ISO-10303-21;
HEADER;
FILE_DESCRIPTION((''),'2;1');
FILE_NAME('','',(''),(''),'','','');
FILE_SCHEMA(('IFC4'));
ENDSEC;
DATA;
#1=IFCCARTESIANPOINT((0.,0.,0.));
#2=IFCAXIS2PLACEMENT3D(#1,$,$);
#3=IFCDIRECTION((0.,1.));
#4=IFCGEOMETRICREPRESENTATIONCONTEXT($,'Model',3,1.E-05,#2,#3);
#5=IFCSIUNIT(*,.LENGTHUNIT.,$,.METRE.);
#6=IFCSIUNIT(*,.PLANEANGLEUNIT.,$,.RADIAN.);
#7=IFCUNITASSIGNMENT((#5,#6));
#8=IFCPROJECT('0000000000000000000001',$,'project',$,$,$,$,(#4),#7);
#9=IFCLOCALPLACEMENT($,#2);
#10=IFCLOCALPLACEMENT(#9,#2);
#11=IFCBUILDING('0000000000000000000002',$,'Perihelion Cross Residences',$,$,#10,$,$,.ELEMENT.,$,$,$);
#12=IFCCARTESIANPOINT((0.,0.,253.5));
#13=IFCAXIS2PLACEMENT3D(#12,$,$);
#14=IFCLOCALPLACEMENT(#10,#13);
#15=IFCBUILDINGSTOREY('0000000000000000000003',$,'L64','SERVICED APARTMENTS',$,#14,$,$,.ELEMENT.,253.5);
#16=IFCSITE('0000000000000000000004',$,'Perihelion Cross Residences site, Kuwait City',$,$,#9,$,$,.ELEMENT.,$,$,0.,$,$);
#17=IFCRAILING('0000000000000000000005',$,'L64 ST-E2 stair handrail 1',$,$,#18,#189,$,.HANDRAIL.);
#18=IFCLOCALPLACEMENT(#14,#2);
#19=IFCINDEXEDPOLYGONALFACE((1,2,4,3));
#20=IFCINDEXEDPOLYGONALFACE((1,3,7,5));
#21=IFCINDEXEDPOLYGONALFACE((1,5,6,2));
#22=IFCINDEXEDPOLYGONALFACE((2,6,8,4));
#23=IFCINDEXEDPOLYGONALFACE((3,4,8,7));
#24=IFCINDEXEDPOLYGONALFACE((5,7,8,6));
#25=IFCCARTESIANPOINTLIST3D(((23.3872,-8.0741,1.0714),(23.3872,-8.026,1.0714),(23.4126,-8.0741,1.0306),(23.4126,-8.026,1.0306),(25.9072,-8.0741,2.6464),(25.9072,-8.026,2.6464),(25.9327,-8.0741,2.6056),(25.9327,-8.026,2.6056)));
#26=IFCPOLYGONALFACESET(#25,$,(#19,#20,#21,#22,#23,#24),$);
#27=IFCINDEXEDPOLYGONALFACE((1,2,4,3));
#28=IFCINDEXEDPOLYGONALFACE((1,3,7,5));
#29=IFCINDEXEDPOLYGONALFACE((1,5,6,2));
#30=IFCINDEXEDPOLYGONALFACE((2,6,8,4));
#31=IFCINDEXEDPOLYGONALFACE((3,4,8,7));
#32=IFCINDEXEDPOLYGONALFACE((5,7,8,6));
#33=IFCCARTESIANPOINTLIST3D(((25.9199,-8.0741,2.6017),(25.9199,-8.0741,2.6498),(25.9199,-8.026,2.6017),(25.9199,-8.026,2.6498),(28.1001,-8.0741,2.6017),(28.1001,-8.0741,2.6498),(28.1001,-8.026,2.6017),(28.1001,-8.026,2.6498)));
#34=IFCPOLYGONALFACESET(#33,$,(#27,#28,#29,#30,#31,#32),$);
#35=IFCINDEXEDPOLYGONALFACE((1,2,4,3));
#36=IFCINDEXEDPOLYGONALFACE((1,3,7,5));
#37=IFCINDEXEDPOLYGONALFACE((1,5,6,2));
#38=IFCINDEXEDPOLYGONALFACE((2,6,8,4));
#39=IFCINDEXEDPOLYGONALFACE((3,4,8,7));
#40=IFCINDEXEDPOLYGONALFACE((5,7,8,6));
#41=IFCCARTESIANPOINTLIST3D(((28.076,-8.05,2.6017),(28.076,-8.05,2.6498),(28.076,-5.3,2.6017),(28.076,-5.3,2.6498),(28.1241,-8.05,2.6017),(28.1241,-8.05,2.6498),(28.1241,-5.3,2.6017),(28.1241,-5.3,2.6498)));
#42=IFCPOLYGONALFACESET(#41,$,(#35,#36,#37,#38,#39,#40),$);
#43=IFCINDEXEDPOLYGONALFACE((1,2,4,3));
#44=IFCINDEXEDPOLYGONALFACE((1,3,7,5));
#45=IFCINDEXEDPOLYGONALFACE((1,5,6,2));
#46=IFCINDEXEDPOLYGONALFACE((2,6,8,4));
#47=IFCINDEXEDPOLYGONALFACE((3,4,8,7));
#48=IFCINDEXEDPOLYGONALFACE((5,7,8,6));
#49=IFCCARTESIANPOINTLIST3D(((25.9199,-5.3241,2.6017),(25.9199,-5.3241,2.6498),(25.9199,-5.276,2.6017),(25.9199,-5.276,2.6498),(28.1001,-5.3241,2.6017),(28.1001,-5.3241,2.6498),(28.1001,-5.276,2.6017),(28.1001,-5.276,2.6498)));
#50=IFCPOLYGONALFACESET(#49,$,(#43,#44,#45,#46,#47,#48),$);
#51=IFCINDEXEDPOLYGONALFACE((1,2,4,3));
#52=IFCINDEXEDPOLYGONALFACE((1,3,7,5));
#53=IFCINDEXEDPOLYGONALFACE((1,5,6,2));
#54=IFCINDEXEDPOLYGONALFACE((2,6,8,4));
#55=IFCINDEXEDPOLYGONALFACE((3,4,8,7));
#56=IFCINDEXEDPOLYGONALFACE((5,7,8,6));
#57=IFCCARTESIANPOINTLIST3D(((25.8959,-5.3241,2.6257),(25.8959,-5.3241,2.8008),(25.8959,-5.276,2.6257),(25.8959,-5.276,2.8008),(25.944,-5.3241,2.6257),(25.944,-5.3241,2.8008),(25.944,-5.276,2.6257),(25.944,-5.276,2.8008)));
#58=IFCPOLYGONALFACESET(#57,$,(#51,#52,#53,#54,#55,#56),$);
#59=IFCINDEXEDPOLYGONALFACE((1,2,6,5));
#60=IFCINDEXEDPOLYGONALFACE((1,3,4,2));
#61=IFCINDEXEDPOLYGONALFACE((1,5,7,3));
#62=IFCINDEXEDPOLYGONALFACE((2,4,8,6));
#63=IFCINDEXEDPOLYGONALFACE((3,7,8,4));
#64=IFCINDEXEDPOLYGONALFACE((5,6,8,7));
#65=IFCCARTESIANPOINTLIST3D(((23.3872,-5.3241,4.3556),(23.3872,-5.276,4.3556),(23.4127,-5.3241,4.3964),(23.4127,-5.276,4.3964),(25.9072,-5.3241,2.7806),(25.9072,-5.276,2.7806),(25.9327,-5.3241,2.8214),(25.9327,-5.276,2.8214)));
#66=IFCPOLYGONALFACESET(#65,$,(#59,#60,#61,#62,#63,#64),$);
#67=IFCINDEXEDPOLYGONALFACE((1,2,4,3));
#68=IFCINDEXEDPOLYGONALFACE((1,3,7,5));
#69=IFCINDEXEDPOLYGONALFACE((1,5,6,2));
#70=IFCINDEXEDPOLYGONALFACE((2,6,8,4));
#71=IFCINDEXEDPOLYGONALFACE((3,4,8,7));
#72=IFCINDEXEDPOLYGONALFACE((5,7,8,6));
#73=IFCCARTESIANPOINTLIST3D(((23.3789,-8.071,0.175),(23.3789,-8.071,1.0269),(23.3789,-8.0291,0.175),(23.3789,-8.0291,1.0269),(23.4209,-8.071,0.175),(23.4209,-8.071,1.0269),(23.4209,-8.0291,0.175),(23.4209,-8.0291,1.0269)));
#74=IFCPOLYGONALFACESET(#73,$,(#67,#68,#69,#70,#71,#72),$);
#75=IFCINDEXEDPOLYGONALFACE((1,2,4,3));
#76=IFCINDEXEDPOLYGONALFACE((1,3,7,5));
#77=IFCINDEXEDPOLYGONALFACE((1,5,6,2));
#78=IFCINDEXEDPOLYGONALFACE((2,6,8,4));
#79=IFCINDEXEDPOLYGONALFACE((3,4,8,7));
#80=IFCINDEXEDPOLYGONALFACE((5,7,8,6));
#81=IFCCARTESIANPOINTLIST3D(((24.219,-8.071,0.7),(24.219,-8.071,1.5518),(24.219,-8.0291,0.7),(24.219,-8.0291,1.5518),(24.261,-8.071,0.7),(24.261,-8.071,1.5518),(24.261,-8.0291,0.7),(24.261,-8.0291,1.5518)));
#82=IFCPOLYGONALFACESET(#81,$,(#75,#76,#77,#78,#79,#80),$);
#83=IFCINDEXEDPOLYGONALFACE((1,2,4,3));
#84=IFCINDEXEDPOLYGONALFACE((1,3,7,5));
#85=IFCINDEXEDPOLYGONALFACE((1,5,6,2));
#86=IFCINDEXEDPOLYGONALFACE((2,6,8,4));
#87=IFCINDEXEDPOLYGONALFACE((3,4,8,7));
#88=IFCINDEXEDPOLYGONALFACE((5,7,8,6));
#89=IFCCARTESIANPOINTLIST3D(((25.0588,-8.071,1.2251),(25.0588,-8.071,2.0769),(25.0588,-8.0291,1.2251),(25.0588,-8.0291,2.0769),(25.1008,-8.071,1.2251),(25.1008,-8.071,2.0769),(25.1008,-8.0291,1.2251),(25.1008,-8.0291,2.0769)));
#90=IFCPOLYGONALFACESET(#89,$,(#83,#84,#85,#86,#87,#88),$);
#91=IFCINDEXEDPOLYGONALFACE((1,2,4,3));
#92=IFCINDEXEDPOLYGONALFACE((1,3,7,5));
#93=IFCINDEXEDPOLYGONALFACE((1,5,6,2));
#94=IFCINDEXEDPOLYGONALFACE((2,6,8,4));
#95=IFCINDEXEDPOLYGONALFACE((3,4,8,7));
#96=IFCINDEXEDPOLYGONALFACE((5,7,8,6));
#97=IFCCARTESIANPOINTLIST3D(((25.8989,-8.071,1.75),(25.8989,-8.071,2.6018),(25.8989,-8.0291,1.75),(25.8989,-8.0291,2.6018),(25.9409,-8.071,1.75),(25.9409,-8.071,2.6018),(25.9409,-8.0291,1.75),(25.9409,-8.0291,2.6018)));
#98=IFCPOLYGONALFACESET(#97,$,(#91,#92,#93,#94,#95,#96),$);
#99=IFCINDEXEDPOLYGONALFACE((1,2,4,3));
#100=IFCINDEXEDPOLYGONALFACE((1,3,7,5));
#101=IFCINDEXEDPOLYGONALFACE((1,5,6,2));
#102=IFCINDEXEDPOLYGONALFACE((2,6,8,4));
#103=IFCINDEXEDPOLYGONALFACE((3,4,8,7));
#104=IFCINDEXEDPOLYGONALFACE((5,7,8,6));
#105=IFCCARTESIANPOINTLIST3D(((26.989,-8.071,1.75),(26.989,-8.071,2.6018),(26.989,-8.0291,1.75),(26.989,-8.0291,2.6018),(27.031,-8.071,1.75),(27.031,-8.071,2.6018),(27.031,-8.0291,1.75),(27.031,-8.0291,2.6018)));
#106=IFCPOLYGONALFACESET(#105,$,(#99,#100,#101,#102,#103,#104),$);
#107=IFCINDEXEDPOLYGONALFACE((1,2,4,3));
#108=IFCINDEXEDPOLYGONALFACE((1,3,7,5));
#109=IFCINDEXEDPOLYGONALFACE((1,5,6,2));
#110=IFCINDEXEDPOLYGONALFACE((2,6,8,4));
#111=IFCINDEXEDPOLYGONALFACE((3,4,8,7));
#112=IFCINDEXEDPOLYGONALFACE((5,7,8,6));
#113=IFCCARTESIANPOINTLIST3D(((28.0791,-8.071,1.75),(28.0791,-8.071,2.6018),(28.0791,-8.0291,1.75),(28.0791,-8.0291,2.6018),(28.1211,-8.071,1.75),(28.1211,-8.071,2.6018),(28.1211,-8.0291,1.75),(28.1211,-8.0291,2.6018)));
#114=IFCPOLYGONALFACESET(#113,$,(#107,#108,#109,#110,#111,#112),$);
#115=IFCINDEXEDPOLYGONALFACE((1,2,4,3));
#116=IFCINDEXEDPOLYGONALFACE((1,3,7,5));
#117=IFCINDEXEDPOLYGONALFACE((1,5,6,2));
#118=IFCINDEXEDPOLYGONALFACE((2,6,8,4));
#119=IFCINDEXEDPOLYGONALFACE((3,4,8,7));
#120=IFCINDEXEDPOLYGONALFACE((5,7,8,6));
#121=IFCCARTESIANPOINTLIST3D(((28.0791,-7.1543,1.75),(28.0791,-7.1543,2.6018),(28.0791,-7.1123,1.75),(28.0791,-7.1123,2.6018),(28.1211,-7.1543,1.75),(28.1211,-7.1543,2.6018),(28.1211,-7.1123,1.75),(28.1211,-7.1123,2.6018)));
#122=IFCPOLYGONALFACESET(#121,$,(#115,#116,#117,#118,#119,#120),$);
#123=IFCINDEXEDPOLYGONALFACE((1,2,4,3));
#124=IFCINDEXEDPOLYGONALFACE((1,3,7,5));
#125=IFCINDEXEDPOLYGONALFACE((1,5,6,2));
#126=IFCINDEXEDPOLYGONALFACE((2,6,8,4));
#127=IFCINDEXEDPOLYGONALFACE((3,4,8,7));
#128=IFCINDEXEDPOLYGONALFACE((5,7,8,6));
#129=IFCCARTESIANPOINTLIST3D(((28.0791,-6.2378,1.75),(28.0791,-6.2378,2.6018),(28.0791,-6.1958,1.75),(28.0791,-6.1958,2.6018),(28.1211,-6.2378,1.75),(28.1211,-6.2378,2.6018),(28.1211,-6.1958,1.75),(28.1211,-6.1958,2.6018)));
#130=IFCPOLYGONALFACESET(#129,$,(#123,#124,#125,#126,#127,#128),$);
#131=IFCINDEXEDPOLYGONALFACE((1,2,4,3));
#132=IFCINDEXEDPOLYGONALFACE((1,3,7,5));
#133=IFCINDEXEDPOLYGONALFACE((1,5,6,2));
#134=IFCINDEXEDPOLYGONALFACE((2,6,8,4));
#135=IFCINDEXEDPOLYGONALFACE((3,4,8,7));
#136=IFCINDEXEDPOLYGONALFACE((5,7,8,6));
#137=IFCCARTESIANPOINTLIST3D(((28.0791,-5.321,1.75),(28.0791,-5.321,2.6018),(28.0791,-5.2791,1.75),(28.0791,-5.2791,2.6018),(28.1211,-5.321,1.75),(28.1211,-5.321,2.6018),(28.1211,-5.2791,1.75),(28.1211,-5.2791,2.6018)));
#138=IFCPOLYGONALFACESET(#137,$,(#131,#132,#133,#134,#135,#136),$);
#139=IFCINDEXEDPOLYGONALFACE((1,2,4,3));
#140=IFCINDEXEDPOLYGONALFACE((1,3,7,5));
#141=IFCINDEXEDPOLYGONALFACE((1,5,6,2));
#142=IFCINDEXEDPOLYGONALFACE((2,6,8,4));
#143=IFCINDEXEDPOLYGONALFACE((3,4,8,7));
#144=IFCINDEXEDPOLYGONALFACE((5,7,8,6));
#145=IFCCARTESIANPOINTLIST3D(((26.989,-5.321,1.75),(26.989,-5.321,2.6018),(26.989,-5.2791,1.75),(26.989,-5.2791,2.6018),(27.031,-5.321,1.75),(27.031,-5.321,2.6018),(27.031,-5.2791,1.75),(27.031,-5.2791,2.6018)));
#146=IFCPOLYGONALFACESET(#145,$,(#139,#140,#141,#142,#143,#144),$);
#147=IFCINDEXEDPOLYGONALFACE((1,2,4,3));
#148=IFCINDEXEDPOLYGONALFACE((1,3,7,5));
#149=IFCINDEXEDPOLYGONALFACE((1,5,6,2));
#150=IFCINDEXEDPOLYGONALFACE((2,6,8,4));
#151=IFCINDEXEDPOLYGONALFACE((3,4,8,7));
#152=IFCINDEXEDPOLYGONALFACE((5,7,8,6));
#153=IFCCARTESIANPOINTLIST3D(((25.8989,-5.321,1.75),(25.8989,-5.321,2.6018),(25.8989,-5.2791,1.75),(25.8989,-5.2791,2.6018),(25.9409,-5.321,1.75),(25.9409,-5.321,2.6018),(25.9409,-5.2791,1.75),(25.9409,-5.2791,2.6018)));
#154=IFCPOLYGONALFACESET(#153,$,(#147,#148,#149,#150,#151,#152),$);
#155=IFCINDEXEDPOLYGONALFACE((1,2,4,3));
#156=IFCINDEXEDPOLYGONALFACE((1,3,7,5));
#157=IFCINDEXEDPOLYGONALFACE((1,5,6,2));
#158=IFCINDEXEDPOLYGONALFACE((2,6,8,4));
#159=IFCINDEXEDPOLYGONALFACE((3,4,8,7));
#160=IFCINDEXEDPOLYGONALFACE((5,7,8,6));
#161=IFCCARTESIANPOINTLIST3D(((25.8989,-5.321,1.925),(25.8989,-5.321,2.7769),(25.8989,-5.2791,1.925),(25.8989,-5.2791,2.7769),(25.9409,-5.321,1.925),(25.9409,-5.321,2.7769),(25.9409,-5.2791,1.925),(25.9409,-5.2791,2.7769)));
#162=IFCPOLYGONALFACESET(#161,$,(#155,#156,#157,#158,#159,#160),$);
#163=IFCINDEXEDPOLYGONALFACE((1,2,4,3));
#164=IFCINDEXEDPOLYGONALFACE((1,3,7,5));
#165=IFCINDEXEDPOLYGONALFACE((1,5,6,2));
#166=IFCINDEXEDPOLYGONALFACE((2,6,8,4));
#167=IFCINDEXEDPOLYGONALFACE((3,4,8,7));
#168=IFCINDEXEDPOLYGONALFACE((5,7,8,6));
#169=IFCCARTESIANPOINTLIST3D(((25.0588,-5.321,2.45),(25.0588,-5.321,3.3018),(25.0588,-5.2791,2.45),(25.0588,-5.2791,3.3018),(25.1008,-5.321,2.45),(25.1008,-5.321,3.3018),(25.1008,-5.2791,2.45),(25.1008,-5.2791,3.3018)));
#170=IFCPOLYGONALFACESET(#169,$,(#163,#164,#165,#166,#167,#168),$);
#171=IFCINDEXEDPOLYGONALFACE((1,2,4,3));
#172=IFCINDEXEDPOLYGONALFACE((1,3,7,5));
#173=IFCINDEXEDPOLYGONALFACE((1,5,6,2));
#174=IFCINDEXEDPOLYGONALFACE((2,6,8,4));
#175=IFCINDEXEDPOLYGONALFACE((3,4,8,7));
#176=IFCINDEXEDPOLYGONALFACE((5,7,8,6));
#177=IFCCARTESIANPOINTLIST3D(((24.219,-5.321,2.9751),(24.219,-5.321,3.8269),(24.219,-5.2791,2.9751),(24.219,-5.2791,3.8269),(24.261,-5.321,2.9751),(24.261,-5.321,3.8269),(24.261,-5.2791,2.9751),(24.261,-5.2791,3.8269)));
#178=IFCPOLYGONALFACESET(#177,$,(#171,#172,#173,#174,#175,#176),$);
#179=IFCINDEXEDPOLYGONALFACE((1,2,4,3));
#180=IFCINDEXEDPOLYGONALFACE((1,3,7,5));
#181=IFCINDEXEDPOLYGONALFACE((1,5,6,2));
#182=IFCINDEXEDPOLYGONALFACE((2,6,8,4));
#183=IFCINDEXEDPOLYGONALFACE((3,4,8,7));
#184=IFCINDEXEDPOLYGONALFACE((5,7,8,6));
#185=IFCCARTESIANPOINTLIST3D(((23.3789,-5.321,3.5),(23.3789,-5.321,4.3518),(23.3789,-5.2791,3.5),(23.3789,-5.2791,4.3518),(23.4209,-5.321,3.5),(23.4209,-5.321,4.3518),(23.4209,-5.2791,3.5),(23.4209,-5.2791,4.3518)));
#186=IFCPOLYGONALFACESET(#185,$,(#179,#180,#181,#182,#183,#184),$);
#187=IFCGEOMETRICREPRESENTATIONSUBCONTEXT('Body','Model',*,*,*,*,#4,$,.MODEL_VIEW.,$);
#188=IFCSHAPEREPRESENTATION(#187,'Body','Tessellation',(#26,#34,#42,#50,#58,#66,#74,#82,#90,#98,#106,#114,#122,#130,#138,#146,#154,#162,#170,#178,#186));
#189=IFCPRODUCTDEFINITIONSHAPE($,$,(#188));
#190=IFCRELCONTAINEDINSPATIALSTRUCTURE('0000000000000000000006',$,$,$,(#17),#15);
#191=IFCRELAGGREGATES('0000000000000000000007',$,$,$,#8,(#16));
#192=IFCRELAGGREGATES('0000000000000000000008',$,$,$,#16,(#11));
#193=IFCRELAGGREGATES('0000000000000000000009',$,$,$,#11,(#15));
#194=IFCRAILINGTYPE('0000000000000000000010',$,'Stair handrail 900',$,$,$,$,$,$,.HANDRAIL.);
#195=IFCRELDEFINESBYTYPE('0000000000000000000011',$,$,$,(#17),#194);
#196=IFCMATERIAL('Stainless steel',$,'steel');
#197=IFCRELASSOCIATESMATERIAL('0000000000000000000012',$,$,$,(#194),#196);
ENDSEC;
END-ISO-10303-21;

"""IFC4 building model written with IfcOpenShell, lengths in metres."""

from ifc_helpers import new_model, si_unit, direction, frame, origin, origin_2d, place, context, subcontext, project, spatial, rectangle, extrude, material, type_object, element, save


model = new_model("IFC4")

# Units and contexts
model_context = context("Model", 3, precision=1e-05, world=origin(), true_north=direction((0.0, 1.0)))
body_context = subcontext(model_context, "Body", "Model", "MODEL_VIEW")
ifc_project = project(units=[si_unit("LENGTHUNIT", "METRE"), si_unit("PLANEANGLEUNIT", "RADIAN")], contexts=[model_context])

# Site, building, storey
site_placement = place(None, origin())
site = spatial("IfcSite", under=ifc_project, at=site_placement, Name="Perihelion Cross Residences site, Kuwait City", CompositionType="ELEMENT", RefElevation=0.0)
building_placement = place(site_placement, origin())
building = spatial("IfcBuilding", under=site, at=building_placement, Name="Perihelion Cross Residences", CompositionType="ELEMENT")
storey_placement = place(building_placement, frame((0.0, 0.0, 253.5)))
storey = spatial("IfcBuildingStorey", under=building, at=storey_placement, Name="L64", Description="SERVICED APARTMENTS", CompositionType="ELEMENT", Elevation=253.5)

# Railing
ifc_material_1 = material(Name="Stainless steel", Category="steel")
railing_type_1 = type_object("IfcRailingType", Name="Stair handrail 900", PredefinedType="HANDRAIL", material=ifc_material_1)
railing_1_placement = place(storey_placement, frame((23.3999, -8.05, 0.175)))
element("IfcRailing", 1, at=railing_1_placement, inside=storey, type_object=railing_type_1, Name="L64 ST-E2 stair handrail 1", PredefinedType="HANDRAIL", context=body_context, shape_type="SweptSolid", body=[
    extrude(rectangle(XDim=0.0481, YDim=0.0481, at=origin_2d()), frame((0.0, 0.0, 0.876), z_axis=(0.848008, 0.0, 0.529984), x_axis=(0.0, 1.0, 0.0)), (0.0, 0.0, 1.0), 2.9717),
    extrude(rectangle(XDim=0.0481, YDim=0.0481, at=origin_2d()), frame((2.52, 0.0, 2.4507), z_axis=(1.0, 0.0, 0.0), x_axis=(0.0, 1.0, 0.0)), (0.0, 0.0, 1.0), 2.1802),
    extrude(rectangle(XDim=0.0481, YDim=0.0481, at=origin_2d()), frame((4.7002, 0.0, 2.4507), z_axis=(0.0, 1.0, 0.0), x_axis=(-1.0, 0.0, 0.0)), (0.0, 0.0, 1.0), 2.75),
    extrude(rectangle(XDim=0.0481, YDim=0.0481, at=origin_2d()), frame((4.7002, 2.75, 2.4507), z_axis=(-1.0, 0.0, 0.0), x_axis=(0.0, -1.0, 0.0)), (0.0, 0.0, 1.0), 2.1802),
    extrude(rectangle(XDim=0.0481, YDim=0.0481, at=origin_2d()), frame((2.52, 2.75, 2.4507), z_axis=(0.0, 0.0, 1.0), x_axis=(1.0, 0.0, 0.0)), (0.0, 0.0, 1.0), 0.175),
    extrude(rectangle(XDim=0.0481, YDim=0.0481, at=origin_2d()), frame((2.52, 2.75, 2.626), z_axis=(-0.848008, 0.0, 0.529984), x_axis=(0.0, -1.0, 0.0)), (0.0, 0.0, 1.0), 2.9717),
    extrude(rectangle(XDim=0.042, YDim=0.042, at=origin_2d()), origin(), (0.0, 0.0, 1.0), 0.8518),
    extrude(rectangle(XDim=0.042, YDim=0.042, at=origin_2d()), frame((0.8401, 0.0, 0.5249)), (0.0, 0.0, 1.0), 0.8518),
    extrude(rectangle(XDim=0.042, YDim=0.042, at=origin_2d()), frame((1.6799, 0.0, 1.05)), (0.0, 0.0, 1.0), 0.8518),
    extrude(rectangle(XDim=0.042, YDim=0.042, at=origin_2d()), frame((2.52, 0.0, 1.575)), (0.0, 0.0, 1.0), 0.8518),
    extrude(rectangle(XDim=0.042, YDim=0.042, at=origin_2d()), frame((3.6101, 0.0, 1.575)), (0.0, 0.0, 1.0), 0.8518),
    extrude(rectangle(XDim=0.042, YDim=0.042, at=origin_2d()), frame((4.7002, 0.0, 1.575)), (0.0, 0.0, 1.0), 0.8518),
    extrude(rectangle(XDim=0.042, YDim=0.042, at=origin_2d()), frame((4.7002, 0.9167, 1.575)), (0.0, 0.0, 1.0), 0.8518),
    extrude(rectangle(XDim=0.042, YDim=0.042, at=origin_2d()), frame((4.7002, 1.8333, 1.575)), (0.0, 0.0, 1.0), 0.8518),
    extrude(rectangle(XDim=0.042, YDim=0.042, at=origin_2d()), frame((4.7002, 2.75, 1.575)), (0.0, 0.0, 1.0), 0.8518),
    extrude(rectangle(XDim=0.042, YDim=0.042, at=origin_2d()), frame((3.6101, 2.75, 1.575)), (0.0, 0.0, 1.0), 0.8518),
    extrude(rectangle(XDim=0.042, YDim=0.042, at=origin_2d()), frame((2.52, 2.75, 1.575)), (0.0, 0.0, 1.0), 0.8518),
    extrude(rectangle(XDim=0.042, YDim=0.042, at=origin_2d()), frame((2.52, 2.75, 1.75)), (0.0, 0.0, 1.0), 0.8518),
    extrude(rectangle(XDim=0.042, YDim=0.042, at=origin_2d()), frame((1.6799, 2.75, 2.2749)), (0.0, 0.0, 1.0), 0.8518),
    extrude(rectangle(XDim=0.042, YDim=0.042, at=origin_2d()), frame((0.8401, 2.75, 2.8)), (0.0, 0.0, 1.0), 0.8518),
    extrude(rectangle(XDim=0.042, YDim=0.042, at=origin_2d()), frame((0.0, 2.75, 3.325)), (0.0, 0.0, 1.0), 0.8518),
])

save(model, "model.ifc")
